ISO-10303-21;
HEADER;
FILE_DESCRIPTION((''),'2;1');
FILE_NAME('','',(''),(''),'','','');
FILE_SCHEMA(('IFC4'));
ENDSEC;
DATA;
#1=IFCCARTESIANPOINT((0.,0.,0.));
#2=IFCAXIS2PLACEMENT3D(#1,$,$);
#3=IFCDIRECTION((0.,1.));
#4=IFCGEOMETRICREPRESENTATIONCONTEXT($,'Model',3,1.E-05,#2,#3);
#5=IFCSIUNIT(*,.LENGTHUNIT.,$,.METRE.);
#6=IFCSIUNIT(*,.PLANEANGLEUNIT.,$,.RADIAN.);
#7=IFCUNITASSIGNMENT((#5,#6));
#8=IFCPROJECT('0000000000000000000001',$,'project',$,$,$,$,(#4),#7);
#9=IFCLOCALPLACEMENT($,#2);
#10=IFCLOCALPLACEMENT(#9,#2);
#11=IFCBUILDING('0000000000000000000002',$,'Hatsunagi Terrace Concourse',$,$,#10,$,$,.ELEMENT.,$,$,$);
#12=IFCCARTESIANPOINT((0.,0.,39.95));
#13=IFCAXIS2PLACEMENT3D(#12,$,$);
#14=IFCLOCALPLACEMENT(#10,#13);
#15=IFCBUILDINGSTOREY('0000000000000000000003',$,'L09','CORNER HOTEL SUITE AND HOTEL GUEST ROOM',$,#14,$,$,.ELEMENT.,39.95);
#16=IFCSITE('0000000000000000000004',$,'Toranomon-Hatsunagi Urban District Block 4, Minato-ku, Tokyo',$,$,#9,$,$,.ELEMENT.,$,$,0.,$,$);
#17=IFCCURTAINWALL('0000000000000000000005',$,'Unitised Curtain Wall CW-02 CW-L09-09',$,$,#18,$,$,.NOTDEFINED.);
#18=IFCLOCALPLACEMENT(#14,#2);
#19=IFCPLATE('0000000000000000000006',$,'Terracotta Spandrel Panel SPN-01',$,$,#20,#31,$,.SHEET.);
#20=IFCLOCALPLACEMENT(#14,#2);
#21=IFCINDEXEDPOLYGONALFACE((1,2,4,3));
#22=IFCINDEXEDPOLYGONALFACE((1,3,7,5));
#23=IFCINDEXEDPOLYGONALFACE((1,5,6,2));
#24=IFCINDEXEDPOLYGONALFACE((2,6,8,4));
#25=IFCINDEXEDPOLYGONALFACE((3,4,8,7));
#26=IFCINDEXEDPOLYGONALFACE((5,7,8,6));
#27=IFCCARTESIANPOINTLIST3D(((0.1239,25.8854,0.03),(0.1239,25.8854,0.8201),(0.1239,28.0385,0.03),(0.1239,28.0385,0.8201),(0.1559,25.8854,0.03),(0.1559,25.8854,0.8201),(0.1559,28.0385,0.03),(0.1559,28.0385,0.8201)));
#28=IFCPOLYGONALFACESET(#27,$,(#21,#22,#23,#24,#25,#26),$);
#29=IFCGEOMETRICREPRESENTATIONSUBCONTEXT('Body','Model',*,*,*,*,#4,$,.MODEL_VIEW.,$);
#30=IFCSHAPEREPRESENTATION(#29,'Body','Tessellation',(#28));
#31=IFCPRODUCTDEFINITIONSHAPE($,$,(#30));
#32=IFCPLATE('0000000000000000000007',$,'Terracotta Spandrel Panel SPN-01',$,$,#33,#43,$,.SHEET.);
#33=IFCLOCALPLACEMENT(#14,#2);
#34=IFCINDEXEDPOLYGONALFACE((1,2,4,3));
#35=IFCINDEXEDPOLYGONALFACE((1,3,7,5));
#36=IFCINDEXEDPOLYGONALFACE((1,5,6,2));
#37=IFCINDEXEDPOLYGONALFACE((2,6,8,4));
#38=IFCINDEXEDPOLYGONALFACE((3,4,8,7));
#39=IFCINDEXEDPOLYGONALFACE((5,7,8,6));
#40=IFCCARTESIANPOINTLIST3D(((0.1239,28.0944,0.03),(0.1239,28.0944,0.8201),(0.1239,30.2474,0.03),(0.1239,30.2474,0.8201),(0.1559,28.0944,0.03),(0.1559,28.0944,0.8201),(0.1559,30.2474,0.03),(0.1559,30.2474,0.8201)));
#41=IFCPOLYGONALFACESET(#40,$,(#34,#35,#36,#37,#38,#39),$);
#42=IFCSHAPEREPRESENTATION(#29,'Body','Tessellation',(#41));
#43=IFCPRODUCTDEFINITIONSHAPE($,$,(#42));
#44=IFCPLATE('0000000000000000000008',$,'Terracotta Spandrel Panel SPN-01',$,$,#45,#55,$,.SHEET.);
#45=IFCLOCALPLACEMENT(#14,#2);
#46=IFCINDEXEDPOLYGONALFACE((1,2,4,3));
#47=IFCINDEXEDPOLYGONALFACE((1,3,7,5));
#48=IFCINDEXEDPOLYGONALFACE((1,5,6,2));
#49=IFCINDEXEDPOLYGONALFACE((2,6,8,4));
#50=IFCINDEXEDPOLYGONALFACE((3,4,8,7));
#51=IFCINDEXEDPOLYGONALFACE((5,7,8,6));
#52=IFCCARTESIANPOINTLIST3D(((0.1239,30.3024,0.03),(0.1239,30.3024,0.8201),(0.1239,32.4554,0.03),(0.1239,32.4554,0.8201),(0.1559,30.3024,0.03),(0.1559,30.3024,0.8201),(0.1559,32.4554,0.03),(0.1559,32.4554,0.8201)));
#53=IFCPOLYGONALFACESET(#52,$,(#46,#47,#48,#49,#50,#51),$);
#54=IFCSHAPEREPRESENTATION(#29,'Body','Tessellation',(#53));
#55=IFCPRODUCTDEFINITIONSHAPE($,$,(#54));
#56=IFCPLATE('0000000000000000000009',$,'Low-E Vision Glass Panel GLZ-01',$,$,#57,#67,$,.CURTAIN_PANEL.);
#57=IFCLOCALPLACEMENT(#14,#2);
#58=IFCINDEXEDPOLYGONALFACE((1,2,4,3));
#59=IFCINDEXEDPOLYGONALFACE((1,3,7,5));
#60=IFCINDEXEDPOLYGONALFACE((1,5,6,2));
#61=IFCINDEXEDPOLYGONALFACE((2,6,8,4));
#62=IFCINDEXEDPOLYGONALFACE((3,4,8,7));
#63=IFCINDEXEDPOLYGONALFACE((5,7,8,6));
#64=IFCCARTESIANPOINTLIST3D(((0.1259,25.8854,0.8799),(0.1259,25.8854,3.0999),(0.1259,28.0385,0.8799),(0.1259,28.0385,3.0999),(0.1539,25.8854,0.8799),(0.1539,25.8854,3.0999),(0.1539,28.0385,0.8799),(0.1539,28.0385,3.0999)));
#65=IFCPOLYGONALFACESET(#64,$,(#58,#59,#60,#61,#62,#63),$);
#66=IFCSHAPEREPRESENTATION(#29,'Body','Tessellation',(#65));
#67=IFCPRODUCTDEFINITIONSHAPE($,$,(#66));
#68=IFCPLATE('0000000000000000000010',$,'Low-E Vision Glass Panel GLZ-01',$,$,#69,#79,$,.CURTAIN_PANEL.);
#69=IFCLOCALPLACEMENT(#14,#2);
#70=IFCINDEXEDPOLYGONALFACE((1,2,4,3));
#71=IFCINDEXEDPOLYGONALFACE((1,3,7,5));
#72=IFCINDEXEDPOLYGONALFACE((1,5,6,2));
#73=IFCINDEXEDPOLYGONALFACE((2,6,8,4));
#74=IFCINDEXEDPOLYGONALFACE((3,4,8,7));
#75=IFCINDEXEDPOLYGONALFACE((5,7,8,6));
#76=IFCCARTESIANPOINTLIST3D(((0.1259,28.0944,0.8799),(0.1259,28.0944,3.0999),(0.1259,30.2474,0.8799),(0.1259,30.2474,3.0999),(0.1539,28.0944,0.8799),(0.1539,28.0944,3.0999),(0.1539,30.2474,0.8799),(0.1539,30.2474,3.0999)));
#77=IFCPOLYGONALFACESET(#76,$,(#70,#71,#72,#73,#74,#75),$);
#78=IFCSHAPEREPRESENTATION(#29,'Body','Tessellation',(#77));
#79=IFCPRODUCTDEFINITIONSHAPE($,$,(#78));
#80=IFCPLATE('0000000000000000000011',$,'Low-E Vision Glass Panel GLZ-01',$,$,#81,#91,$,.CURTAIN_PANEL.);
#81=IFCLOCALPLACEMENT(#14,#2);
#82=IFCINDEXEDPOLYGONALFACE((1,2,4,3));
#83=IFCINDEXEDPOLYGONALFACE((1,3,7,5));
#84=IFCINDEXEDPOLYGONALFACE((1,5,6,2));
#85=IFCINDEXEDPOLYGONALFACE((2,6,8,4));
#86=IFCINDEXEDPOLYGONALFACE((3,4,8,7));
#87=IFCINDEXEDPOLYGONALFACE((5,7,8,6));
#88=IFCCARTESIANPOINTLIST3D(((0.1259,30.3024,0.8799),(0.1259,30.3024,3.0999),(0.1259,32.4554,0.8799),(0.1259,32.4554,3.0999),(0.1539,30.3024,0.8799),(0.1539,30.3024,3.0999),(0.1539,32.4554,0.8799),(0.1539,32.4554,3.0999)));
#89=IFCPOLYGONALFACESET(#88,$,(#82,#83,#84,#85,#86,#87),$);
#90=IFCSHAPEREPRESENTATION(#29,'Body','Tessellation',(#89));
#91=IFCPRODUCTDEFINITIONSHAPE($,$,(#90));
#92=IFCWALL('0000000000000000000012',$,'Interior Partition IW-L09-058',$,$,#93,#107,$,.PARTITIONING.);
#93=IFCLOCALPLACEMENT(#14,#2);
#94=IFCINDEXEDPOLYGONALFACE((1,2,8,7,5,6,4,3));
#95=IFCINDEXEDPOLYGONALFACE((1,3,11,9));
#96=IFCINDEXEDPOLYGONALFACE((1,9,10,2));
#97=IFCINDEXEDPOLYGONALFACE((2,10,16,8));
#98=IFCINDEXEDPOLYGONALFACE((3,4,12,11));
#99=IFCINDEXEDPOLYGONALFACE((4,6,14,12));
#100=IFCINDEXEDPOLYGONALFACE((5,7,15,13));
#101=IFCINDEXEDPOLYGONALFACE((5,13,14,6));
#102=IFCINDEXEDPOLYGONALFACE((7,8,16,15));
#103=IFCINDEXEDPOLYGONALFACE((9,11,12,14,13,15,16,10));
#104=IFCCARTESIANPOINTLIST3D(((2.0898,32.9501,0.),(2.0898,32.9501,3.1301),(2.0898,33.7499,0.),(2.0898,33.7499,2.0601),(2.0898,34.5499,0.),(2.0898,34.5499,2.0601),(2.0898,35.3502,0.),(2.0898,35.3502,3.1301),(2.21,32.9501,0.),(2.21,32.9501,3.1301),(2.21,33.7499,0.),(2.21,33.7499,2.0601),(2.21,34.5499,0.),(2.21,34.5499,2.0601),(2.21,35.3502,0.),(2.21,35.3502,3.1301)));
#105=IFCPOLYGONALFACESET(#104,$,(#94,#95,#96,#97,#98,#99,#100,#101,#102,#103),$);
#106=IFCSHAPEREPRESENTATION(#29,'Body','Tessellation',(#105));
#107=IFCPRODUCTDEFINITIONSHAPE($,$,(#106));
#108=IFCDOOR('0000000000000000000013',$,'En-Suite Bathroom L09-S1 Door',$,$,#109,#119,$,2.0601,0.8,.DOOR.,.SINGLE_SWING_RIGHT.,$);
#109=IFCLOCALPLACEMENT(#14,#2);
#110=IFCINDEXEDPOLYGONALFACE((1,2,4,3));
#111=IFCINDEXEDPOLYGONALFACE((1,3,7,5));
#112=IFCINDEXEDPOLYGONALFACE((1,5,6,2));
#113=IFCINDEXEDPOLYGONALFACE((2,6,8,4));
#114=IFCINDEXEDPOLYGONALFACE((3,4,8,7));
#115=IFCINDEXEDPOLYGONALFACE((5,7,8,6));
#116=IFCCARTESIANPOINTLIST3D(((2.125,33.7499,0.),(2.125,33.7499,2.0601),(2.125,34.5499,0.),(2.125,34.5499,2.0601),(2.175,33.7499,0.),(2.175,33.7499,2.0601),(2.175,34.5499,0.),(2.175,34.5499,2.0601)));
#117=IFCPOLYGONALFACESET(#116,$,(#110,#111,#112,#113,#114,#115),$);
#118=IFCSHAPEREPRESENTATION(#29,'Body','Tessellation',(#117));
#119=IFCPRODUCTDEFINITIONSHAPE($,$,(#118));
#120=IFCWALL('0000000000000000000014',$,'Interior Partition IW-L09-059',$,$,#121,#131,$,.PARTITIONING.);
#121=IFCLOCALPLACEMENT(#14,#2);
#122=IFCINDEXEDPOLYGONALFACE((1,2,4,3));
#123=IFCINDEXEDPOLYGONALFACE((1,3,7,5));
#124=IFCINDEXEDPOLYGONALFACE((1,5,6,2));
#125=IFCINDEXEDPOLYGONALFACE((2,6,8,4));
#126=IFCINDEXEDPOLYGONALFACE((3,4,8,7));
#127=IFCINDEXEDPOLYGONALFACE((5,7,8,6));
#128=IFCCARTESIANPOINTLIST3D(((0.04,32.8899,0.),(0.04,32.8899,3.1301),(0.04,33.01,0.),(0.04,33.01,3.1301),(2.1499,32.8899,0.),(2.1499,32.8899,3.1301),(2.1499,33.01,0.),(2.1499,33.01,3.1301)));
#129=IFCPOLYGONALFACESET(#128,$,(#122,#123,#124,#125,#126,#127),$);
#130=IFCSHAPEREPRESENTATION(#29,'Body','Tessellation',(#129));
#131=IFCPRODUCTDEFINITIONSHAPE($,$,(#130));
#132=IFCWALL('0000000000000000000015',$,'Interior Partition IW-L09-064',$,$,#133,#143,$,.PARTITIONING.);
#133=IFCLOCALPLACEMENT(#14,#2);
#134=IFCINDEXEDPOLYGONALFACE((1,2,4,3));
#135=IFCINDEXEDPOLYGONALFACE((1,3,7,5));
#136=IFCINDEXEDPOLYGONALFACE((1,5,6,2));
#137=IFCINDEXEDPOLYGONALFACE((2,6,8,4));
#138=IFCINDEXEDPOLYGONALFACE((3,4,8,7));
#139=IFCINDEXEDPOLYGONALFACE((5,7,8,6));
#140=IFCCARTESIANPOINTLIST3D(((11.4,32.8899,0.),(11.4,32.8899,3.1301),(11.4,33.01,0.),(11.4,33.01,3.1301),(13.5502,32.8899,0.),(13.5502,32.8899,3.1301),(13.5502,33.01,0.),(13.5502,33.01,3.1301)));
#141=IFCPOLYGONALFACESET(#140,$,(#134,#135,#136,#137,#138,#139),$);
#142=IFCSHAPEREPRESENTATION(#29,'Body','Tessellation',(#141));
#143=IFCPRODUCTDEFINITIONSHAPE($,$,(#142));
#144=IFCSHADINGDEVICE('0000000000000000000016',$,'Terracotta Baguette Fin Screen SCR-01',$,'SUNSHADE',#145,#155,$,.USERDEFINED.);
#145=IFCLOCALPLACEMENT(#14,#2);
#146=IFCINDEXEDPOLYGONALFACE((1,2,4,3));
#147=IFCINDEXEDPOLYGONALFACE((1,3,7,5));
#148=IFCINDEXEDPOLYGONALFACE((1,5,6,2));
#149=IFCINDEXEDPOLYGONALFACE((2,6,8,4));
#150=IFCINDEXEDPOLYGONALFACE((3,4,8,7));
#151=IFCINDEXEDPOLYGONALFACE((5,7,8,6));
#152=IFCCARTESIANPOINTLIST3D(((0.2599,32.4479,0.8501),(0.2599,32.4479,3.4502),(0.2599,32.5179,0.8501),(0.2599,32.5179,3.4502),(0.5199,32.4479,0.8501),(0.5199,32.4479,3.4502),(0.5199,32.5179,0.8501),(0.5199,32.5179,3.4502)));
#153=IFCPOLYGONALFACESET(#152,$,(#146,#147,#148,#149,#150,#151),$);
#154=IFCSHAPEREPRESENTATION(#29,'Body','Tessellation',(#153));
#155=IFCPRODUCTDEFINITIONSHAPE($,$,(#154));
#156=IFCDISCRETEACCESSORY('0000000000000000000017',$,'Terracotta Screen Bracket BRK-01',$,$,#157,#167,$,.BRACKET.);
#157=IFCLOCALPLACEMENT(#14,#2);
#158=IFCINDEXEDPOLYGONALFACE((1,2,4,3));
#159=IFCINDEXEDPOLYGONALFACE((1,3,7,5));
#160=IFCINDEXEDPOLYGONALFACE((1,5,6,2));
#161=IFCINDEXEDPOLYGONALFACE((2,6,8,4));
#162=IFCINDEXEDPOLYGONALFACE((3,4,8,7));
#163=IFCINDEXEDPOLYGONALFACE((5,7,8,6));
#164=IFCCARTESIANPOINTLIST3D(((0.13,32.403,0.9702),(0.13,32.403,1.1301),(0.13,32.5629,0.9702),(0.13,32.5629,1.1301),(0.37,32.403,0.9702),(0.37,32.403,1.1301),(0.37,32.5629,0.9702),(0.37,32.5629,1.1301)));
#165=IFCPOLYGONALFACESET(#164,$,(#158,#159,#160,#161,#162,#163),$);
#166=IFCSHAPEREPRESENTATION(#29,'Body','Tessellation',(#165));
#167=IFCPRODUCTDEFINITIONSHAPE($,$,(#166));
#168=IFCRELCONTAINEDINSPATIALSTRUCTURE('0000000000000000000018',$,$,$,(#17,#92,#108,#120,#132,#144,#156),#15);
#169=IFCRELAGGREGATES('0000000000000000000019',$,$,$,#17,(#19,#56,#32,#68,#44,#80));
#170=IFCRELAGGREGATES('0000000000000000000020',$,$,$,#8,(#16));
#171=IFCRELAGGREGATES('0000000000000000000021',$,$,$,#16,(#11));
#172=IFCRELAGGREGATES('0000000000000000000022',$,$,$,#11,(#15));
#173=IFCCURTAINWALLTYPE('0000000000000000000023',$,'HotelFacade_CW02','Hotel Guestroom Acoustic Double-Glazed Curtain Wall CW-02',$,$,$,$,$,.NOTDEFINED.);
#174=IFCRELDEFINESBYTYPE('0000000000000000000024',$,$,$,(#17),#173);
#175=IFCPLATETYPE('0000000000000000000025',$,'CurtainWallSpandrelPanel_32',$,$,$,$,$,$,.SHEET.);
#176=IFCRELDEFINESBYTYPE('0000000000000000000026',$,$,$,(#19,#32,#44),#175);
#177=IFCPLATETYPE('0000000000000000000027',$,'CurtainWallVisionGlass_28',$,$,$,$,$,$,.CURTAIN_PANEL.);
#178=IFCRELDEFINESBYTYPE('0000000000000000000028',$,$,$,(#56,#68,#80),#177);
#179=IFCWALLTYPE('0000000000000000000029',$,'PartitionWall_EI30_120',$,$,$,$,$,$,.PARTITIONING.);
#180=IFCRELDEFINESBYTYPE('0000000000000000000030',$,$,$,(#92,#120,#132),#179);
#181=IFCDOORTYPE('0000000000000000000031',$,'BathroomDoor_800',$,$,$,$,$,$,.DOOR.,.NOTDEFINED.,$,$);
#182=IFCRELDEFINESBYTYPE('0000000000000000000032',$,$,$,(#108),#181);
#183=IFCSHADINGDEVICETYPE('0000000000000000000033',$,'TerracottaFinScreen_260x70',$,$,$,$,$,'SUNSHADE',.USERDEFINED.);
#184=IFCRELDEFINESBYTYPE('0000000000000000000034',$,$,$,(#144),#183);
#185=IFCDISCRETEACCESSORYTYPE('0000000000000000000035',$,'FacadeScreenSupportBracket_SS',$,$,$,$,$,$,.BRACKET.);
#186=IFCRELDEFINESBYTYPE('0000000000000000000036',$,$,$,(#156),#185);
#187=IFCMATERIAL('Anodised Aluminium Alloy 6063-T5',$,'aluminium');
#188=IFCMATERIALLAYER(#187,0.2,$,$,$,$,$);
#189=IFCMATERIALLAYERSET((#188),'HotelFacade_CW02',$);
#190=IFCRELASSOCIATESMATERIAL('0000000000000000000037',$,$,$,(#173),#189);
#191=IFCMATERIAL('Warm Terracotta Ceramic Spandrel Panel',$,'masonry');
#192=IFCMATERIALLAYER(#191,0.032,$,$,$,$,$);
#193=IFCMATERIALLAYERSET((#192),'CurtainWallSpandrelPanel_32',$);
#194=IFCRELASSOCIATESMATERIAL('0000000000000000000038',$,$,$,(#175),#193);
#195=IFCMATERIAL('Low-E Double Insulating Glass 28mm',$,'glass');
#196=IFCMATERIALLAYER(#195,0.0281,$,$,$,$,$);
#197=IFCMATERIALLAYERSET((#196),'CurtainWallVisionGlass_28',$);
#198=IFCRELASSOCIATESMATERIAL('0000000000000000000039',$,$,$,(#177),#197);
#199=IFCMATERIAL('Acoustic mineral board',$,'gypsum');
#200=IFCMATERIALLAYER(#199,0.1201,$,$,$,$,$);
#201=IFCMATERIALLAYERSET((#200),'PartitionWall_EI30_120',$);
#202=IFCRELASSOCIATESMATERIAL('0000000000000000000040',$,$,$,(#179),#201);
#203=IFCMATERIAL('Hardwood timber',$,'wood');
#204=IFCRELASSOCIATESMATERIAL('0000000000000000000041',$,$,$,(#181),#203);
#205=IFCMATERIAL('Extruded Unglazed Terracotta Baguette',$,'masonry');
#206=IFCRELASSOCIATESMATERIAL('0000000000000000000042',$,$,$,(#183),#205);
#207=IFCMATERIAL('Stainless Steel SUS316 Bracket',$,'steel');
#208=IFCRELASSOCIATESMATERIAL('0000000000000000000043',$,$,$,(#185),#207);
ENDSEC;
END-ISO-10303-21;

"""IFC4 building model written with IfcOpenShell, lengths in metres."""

from ifc_helpers import new_model, si_unit, direction, frame, frame_2d, origin, origin_2d, place, context, subcontext, project, spatial, rectangle, extrude, material, layer, layer_set, type_object, element, fill, aggregate, save


model = new_model("IFC4")

# Units and contexts
model_context = context("Model", 3, precision=1e-05, world=origin(), true_north=direction((0.0, 1.0)))
body_context = subcontext(model_context, "Body", "Model", "MODEL_VIEW")
ifc_project = project(units=[si_unit("LENGTHUNIT", "METRE"), si_unit("PLANEANGLEUNIT", "RADIAN")], contexts=[model_context])

# Site, building, storey
site_placement = place(None, origin())
site = spatial("IfcSite", under=ifc_project, at=site_placement, Name="Toranomon-Hatsunagi Urban District Block 4, Minato-ku, Tokyo", CompositionType="ELEMENT", RefElevation=0.0)
building_placement = place(site_placement, origin())
building = spatial("IfcBuilding", under=site, at=building_placement, Name="Hatsunagi Terrace Concourse", CompositionType="ELEMENT")
storey_placement = place(building_placement, frame((0.0, 0.0, 39.95)))
storey = spatial("IfcBuildingStorey", under=building, at=storey_placement, Name="L09", Description="CORNER HOTEL SUITE AND HOTEL GUEST ROOM", CompositionType="ELEMENT", Elevation=39.95)

# Curtain wall
ifc_material_1 = material(Name="Anodised Aluminium Alloy 6063-T5", Category="aluminium")
ifc_layer_1 = layer(ifc_material_1, 0.2)
ifc_layer_set_1 = layer_set([ifc_layer_1], Name="HotelFacade_CW02")
curtain_wall_type = type_object("IfcCurtainWallType", Name="HotelFacade_CW02", Description="Hotel Guestroom Acoustic Double-Glazed Curtain Wall CW-02", PredefinedType="NOTDEFINED", material=ifc_layer_set_1)
curtain_wall_placement = place(storey_placement, origin())
curtain_wall = element("IfcCurtainWall", 1, at=curtain_wall_placement, inside=storey, type_object=curtain_wall_type, Name="Unitised Curtain Wall CW-02 CW-L09-09", PredefinedType="NOTDEFINED")

# Plates
ifc_material_2 = material(Name="Warm Terracotta Ceramic Spandrel Panel", Category="masonry")
ifc_layer_2 = layer(ifc_material_2, 0.032)
ifc_layer_set_2 = layer_set([ifc_layer_2], Name="CurtainWallSpandrelPanel_32")
plate_type_1 = type_object("IfcPlateType", Name="CurtainWallSpandrelPanel_32", PredefinedType="SHEET", material=ifc_layer_set_2)
plate_1_placement = place(storey_placement, frame((0.1399, 26.9619, 0.03), z_axis=(0.0, 0.0, 1.0), x_axis=(0.0, 1.0, 0.0)))
plate_1 = element("IfcPlate", 2, at=plate_1_placement, type_object=plate_type_1, Name="Terracotta Spandrel Panel SPN-01", PredefinedType="SHEET", context=body_context, shape_type="SweptSolid", body=[
    extrude(rectangle(XDim=2.1531, YDim=0.032, at=origin_2d()), origin(), (0.0, 0.0, 1.0), 0.79),
])
plate_2_placement = place(storey_placement, frame((0.1399, 29.1709, 0.03), z_axis=(0.0, 0.0, 1.0), x_axis=(0.0, 1.0, 0.0)))
plate_2 = element("IfcPlate", 3, at=plate_2_placement, type_object=plate_type_1, Name="Terracotta Spandrel Panel SPN-01", PredefinedType="SHEET", context=body_context, shape_type="SweptSolid", body=[
    extrude(rectangle(XDim=2.1531, YDim=0.032, at=origin_2d()), origin(), (0.0, 0.0, 1.0), 0.79),
])
plate_3_placement = place(storey_placement, frame((0.1399, 31.3789, 0.03), z_axis=(0.0, 0.0, 1.0), x_axis=(0.0, 1.0, 0.0)))
plate_3 = element("IfcPlate", 4, at=plate_3_placement, type_object=plate_type_1, Name="Terracotta Spandrel Panel SPN-01", PredefinedType="SHEET", context=body_context, shape_type="SweptSolid", body=[
    extrude(rectangle(XDim=2.1531, YDim=0.032, at=origin_2d()), origin(), (0.0, 0.0, 1.0), 0.79),
])
ifc_material_3 = material(Name="Low-E Double Insulating Glass 28mm", Category="glass")
ifc_layer_3 = layer(ifc_material_3, 0.0281)
ifc_layer_set_3 = layer_set([ifc_layer_3], Name="CurtainWallVisionGlass_28")
plate_type_2 = type_object("IfcPlateType", Name="CurtainWallVisionGlass_28", PredefinedType="CURTAIN_PANEL", material=ifc_layer_set_3)
plate_4_placement = place(storey_placement, frame((0.1399, 26.9619, 0.8799), z_axis=(0.0, 0.0, 1.0), x_axis=(0.0, 1.0, 0.0)))
plate_4 = element("IfcPlate", 5, at=plate_4_placement, type_object=plate_type_2, Name="Low-E Vision Glass Panel GLZ-01", PredefinedType="CURTAIN_PANEL", context=body_context, shape_type="SweptSolid", body=[
    extrude(rectangle(XDim=2.1531, YDim=0.0281, at=origin_2d()), origin(), (0.0, 0.0, 1.0), 2.22),
])
plate_5_placement = place(storey_placement, frame((0.1399, 29.1709, 0.8799), z_axis=(0.0, 0.0, 1.0), x_axis=(0.0, 1.0, 0.0)))
plate_5 = element("IfcPlate", 6, at=plate_5_placement, type_object=plate_type_2, Name="Low-E Vision Glass Panel GLZ-01", PredefinedType="CURTAIN_PANEL", context=body_context, shape_type="SweptSolid", body=[
    extrude(rectangle(XDim=2.1531, YDim=0.0281, at=origin_2d()), origin(), (0.0, 0.0, 1.0), 2.22),
])
plate_6_placement = place(storey_placement, frame((0.1399, 31.3789, 0.8799), z_axis=(0.0, 0.0, 1.0), x_axis=(0.0, 1.0, 0.0)))
plate_6 = element("IfcPlate", 7, at=plate_6_placement, type_object=plate_type_2, Name="Low-E Vision Glass Panel GLZ-01", PredefinedType="CURTAIN_PANEL", context=body_context, shape_type="SweptSolid", body=[
    extrude(rectangle(XDim=2.1531, YDim=0.0281, at=origin_2d()), origin(), (0.0, 0.0, 1.0), 2.22),
])
aggregate(curtain_wall, [plate_1, plate_4, plate_2, plate_5, plate_3, plate_6])

# Wall, opening, door
ifc_material_4 = material(Name="Acoustic mineral board", Category="gypsum")
ifc_layer_4 = layer(ifc_material_4, 0.1201)
ifc_layer_set_4 = layer_set([ifc_layer_4], Name="PartitionWall_EI30_120")
wall_type = type_object("IfcWallType", Name="PartitionWall_EI30_120", PredefinedType="PARTITIONING", material=ifc_layer_set_4)
wall_1_placement = place(storey_placement, frame((2.1499, 32.95, 0.0), z_axis=(0.0, 0.0, 1.0), x_axis=(0.0, 1.0, 0.0)))
wall_1 = element("IfcWall", 8, at=wall_1_placement, inside=storey, type_object=wall_type, Name="Interior Partition IW-L09-058", PredefinedType="PARTITIONING", context=body_context, shape_type="SweptSolid", body=[
    extrude(rectangle(XDim=2.4001, YDim=0.1201, at=frame_2d((1.2002, 0.0))), origin(), (0.0, 0.0, 1.0), 3.1301),
])
opening_placement = place(wall_1_placement, frame((0.8, 0.0, 0.0)))
opening = element("IfcOpeningElement", 9, at=opening_placement, cuts=wall_1, PredefinedType="OPENING", context=body_context, shape_type="SweptSolid", body=[
    extrude(rectangle(XDim=0.8, YDim=2.0601, at=frame_2d((0.3999, 1.03))), frame((0.0, 0.0701, 0.0), z_axis=(0.0, -1.0, 0.0), x_axis=(1.0, 0.0, 0.0)), (0.0, 0.0, 1.0), 0.1401),
])
ifc_material_5 = material(Name="Hardwood timber", Category="wood")
door_type = type_object("IfcDoorType", Name="BathroomDoor_800", OperationType="NOTDEFINED", PredefinedType="DOOR", material=ifc_material_5)
door_placement = place(opening_placement, origin())
door = element("IfcDoor", 10, at=door_placement, inside=storey, type_object=door_type, Name="En-Suite Bathroom L09-S1 Door", OperationType="SINGLE_SWING_RIGHT", OverallHeight=2.0601, OverallWidth=0.8, PredefinedType="DOOR", context=body_context, shape_type="SweptSolid", body=[
    extrude(rectangle(XDim=0.8, YDim=2.0601, at=frame_2d((0.3999, 1.03))), frame((0.0, 0.0249, 0.0), z_axis=(0.0, -1.0, 0.0), x_axis=(1.0, 0.0, 0.0)), (0.0, 0.0, 1.0), 0.05),
])
fill(opening, door)

# Walls
wall_2_placement = place(storey_placement, frame((0.04, 32.95, 0.0), z_axis=(0.0, 0.0, 1.0), x_axis=(1.0, 0.0, 0.0)))
element("IfcWall", 11, at=wall_2_placement, inside=storey, type_object=wall_type, Name="Interior Partition IW-L09-059", PredefinedType="PARTITIONING", context=body_context, shape_type="SweptSolid", body=[
    extrude(rectangle(XDim=2.1099, YDim=0.1201, at=frame_2d((1.0549, 0.0))), origin(), (0.0, 0.0, 1.0), 3.1301),
])
wall_3_placement = place(storey_placement, frame((11.3999, 32.95, 0.0), z_axis=(0.0, 0.0, 1.0), x_axis=(1.0, 0.0, 0.0)))
element("IfcWall", 12, at=wall_3_placement, inside=storey, type_object=wall_type, Name="Interior Partition IW-L09-064", PredefinedType="PARTITIONING", context=body_context, shape_type="SweptSolid", body=[
    extrude(rectangle(XDim=2.1501, YDim=0.1201, at=frame_2d((1.0752, 0.0))), origin(), (0.0, 0.0, 1.0), 3.1301),
])

# Shading device
ifc_material_6 = material(Name="Extruded Unglazed Terracotta Baguette", Category="masonry")
shading_device_type = type_object("IfcShadingDeviceType", Name="TerracottaFinScreen_260x70", ElementType="SUNSHADE", PredefinedType="USERDEFINED", material=ifc_material_6)
shading_device_placement = place(storey_placement, frame((0.3899, 32.4829, 0.8501), z_axis=(0.0, 0.0, 1.0), x_axis=(0.0, 1.0, 0.0)))
element("IfcShadingDevice", 13, at=shading_device_placement, inside=storey, type_object=shading_device_type, Name="Terracotta Baguette Fin Screen SCR-01", ObjectType="SUNSHADE", PredefinedType="USERDEFINED", context=body_context, shape_type="SweptSolid", body=[
    extrude(rectangle(XDim=0.0701, YDim=0.26, at=origin_2d()), origin(), (0.0, 0.0, 1.0), 2.6001),
])

# Discrete accessory
ifc_material_7 = material(Name="Stainless Steel SUS316 Bracket", Category="steel")
discrete_accessory_type = type_object("IfcDiscreteAccessoryType", Name="FacadeScreenSupportBracket_SS", PredefinedType="BRACKET", material=ifc_material_7)
discrete_accessory_placement = place(storey_placement, frame((0.25, 32.4829, 0.9702), z_axis=(0.0, 0.0, 1.0), x_axis=(0.0, 1.0, 0.0)))
element("IfcDiscreteAccessory", 14, at=discrete_accessory_placement, inside=storey, type_object=discrete_accessory_type, Name="Terracotta Screen Bracket BRK-01", PredefinedType="BRACKET", context=body_context, shape_type="SweptSolid", body=[
    extrude(rectangle(XDim=0.1599, YDim=0.24, at=origin_2d()), origin(), (0.0, 0.0, 1.0), 0.1599),
])

save(model, "model.ifc")
